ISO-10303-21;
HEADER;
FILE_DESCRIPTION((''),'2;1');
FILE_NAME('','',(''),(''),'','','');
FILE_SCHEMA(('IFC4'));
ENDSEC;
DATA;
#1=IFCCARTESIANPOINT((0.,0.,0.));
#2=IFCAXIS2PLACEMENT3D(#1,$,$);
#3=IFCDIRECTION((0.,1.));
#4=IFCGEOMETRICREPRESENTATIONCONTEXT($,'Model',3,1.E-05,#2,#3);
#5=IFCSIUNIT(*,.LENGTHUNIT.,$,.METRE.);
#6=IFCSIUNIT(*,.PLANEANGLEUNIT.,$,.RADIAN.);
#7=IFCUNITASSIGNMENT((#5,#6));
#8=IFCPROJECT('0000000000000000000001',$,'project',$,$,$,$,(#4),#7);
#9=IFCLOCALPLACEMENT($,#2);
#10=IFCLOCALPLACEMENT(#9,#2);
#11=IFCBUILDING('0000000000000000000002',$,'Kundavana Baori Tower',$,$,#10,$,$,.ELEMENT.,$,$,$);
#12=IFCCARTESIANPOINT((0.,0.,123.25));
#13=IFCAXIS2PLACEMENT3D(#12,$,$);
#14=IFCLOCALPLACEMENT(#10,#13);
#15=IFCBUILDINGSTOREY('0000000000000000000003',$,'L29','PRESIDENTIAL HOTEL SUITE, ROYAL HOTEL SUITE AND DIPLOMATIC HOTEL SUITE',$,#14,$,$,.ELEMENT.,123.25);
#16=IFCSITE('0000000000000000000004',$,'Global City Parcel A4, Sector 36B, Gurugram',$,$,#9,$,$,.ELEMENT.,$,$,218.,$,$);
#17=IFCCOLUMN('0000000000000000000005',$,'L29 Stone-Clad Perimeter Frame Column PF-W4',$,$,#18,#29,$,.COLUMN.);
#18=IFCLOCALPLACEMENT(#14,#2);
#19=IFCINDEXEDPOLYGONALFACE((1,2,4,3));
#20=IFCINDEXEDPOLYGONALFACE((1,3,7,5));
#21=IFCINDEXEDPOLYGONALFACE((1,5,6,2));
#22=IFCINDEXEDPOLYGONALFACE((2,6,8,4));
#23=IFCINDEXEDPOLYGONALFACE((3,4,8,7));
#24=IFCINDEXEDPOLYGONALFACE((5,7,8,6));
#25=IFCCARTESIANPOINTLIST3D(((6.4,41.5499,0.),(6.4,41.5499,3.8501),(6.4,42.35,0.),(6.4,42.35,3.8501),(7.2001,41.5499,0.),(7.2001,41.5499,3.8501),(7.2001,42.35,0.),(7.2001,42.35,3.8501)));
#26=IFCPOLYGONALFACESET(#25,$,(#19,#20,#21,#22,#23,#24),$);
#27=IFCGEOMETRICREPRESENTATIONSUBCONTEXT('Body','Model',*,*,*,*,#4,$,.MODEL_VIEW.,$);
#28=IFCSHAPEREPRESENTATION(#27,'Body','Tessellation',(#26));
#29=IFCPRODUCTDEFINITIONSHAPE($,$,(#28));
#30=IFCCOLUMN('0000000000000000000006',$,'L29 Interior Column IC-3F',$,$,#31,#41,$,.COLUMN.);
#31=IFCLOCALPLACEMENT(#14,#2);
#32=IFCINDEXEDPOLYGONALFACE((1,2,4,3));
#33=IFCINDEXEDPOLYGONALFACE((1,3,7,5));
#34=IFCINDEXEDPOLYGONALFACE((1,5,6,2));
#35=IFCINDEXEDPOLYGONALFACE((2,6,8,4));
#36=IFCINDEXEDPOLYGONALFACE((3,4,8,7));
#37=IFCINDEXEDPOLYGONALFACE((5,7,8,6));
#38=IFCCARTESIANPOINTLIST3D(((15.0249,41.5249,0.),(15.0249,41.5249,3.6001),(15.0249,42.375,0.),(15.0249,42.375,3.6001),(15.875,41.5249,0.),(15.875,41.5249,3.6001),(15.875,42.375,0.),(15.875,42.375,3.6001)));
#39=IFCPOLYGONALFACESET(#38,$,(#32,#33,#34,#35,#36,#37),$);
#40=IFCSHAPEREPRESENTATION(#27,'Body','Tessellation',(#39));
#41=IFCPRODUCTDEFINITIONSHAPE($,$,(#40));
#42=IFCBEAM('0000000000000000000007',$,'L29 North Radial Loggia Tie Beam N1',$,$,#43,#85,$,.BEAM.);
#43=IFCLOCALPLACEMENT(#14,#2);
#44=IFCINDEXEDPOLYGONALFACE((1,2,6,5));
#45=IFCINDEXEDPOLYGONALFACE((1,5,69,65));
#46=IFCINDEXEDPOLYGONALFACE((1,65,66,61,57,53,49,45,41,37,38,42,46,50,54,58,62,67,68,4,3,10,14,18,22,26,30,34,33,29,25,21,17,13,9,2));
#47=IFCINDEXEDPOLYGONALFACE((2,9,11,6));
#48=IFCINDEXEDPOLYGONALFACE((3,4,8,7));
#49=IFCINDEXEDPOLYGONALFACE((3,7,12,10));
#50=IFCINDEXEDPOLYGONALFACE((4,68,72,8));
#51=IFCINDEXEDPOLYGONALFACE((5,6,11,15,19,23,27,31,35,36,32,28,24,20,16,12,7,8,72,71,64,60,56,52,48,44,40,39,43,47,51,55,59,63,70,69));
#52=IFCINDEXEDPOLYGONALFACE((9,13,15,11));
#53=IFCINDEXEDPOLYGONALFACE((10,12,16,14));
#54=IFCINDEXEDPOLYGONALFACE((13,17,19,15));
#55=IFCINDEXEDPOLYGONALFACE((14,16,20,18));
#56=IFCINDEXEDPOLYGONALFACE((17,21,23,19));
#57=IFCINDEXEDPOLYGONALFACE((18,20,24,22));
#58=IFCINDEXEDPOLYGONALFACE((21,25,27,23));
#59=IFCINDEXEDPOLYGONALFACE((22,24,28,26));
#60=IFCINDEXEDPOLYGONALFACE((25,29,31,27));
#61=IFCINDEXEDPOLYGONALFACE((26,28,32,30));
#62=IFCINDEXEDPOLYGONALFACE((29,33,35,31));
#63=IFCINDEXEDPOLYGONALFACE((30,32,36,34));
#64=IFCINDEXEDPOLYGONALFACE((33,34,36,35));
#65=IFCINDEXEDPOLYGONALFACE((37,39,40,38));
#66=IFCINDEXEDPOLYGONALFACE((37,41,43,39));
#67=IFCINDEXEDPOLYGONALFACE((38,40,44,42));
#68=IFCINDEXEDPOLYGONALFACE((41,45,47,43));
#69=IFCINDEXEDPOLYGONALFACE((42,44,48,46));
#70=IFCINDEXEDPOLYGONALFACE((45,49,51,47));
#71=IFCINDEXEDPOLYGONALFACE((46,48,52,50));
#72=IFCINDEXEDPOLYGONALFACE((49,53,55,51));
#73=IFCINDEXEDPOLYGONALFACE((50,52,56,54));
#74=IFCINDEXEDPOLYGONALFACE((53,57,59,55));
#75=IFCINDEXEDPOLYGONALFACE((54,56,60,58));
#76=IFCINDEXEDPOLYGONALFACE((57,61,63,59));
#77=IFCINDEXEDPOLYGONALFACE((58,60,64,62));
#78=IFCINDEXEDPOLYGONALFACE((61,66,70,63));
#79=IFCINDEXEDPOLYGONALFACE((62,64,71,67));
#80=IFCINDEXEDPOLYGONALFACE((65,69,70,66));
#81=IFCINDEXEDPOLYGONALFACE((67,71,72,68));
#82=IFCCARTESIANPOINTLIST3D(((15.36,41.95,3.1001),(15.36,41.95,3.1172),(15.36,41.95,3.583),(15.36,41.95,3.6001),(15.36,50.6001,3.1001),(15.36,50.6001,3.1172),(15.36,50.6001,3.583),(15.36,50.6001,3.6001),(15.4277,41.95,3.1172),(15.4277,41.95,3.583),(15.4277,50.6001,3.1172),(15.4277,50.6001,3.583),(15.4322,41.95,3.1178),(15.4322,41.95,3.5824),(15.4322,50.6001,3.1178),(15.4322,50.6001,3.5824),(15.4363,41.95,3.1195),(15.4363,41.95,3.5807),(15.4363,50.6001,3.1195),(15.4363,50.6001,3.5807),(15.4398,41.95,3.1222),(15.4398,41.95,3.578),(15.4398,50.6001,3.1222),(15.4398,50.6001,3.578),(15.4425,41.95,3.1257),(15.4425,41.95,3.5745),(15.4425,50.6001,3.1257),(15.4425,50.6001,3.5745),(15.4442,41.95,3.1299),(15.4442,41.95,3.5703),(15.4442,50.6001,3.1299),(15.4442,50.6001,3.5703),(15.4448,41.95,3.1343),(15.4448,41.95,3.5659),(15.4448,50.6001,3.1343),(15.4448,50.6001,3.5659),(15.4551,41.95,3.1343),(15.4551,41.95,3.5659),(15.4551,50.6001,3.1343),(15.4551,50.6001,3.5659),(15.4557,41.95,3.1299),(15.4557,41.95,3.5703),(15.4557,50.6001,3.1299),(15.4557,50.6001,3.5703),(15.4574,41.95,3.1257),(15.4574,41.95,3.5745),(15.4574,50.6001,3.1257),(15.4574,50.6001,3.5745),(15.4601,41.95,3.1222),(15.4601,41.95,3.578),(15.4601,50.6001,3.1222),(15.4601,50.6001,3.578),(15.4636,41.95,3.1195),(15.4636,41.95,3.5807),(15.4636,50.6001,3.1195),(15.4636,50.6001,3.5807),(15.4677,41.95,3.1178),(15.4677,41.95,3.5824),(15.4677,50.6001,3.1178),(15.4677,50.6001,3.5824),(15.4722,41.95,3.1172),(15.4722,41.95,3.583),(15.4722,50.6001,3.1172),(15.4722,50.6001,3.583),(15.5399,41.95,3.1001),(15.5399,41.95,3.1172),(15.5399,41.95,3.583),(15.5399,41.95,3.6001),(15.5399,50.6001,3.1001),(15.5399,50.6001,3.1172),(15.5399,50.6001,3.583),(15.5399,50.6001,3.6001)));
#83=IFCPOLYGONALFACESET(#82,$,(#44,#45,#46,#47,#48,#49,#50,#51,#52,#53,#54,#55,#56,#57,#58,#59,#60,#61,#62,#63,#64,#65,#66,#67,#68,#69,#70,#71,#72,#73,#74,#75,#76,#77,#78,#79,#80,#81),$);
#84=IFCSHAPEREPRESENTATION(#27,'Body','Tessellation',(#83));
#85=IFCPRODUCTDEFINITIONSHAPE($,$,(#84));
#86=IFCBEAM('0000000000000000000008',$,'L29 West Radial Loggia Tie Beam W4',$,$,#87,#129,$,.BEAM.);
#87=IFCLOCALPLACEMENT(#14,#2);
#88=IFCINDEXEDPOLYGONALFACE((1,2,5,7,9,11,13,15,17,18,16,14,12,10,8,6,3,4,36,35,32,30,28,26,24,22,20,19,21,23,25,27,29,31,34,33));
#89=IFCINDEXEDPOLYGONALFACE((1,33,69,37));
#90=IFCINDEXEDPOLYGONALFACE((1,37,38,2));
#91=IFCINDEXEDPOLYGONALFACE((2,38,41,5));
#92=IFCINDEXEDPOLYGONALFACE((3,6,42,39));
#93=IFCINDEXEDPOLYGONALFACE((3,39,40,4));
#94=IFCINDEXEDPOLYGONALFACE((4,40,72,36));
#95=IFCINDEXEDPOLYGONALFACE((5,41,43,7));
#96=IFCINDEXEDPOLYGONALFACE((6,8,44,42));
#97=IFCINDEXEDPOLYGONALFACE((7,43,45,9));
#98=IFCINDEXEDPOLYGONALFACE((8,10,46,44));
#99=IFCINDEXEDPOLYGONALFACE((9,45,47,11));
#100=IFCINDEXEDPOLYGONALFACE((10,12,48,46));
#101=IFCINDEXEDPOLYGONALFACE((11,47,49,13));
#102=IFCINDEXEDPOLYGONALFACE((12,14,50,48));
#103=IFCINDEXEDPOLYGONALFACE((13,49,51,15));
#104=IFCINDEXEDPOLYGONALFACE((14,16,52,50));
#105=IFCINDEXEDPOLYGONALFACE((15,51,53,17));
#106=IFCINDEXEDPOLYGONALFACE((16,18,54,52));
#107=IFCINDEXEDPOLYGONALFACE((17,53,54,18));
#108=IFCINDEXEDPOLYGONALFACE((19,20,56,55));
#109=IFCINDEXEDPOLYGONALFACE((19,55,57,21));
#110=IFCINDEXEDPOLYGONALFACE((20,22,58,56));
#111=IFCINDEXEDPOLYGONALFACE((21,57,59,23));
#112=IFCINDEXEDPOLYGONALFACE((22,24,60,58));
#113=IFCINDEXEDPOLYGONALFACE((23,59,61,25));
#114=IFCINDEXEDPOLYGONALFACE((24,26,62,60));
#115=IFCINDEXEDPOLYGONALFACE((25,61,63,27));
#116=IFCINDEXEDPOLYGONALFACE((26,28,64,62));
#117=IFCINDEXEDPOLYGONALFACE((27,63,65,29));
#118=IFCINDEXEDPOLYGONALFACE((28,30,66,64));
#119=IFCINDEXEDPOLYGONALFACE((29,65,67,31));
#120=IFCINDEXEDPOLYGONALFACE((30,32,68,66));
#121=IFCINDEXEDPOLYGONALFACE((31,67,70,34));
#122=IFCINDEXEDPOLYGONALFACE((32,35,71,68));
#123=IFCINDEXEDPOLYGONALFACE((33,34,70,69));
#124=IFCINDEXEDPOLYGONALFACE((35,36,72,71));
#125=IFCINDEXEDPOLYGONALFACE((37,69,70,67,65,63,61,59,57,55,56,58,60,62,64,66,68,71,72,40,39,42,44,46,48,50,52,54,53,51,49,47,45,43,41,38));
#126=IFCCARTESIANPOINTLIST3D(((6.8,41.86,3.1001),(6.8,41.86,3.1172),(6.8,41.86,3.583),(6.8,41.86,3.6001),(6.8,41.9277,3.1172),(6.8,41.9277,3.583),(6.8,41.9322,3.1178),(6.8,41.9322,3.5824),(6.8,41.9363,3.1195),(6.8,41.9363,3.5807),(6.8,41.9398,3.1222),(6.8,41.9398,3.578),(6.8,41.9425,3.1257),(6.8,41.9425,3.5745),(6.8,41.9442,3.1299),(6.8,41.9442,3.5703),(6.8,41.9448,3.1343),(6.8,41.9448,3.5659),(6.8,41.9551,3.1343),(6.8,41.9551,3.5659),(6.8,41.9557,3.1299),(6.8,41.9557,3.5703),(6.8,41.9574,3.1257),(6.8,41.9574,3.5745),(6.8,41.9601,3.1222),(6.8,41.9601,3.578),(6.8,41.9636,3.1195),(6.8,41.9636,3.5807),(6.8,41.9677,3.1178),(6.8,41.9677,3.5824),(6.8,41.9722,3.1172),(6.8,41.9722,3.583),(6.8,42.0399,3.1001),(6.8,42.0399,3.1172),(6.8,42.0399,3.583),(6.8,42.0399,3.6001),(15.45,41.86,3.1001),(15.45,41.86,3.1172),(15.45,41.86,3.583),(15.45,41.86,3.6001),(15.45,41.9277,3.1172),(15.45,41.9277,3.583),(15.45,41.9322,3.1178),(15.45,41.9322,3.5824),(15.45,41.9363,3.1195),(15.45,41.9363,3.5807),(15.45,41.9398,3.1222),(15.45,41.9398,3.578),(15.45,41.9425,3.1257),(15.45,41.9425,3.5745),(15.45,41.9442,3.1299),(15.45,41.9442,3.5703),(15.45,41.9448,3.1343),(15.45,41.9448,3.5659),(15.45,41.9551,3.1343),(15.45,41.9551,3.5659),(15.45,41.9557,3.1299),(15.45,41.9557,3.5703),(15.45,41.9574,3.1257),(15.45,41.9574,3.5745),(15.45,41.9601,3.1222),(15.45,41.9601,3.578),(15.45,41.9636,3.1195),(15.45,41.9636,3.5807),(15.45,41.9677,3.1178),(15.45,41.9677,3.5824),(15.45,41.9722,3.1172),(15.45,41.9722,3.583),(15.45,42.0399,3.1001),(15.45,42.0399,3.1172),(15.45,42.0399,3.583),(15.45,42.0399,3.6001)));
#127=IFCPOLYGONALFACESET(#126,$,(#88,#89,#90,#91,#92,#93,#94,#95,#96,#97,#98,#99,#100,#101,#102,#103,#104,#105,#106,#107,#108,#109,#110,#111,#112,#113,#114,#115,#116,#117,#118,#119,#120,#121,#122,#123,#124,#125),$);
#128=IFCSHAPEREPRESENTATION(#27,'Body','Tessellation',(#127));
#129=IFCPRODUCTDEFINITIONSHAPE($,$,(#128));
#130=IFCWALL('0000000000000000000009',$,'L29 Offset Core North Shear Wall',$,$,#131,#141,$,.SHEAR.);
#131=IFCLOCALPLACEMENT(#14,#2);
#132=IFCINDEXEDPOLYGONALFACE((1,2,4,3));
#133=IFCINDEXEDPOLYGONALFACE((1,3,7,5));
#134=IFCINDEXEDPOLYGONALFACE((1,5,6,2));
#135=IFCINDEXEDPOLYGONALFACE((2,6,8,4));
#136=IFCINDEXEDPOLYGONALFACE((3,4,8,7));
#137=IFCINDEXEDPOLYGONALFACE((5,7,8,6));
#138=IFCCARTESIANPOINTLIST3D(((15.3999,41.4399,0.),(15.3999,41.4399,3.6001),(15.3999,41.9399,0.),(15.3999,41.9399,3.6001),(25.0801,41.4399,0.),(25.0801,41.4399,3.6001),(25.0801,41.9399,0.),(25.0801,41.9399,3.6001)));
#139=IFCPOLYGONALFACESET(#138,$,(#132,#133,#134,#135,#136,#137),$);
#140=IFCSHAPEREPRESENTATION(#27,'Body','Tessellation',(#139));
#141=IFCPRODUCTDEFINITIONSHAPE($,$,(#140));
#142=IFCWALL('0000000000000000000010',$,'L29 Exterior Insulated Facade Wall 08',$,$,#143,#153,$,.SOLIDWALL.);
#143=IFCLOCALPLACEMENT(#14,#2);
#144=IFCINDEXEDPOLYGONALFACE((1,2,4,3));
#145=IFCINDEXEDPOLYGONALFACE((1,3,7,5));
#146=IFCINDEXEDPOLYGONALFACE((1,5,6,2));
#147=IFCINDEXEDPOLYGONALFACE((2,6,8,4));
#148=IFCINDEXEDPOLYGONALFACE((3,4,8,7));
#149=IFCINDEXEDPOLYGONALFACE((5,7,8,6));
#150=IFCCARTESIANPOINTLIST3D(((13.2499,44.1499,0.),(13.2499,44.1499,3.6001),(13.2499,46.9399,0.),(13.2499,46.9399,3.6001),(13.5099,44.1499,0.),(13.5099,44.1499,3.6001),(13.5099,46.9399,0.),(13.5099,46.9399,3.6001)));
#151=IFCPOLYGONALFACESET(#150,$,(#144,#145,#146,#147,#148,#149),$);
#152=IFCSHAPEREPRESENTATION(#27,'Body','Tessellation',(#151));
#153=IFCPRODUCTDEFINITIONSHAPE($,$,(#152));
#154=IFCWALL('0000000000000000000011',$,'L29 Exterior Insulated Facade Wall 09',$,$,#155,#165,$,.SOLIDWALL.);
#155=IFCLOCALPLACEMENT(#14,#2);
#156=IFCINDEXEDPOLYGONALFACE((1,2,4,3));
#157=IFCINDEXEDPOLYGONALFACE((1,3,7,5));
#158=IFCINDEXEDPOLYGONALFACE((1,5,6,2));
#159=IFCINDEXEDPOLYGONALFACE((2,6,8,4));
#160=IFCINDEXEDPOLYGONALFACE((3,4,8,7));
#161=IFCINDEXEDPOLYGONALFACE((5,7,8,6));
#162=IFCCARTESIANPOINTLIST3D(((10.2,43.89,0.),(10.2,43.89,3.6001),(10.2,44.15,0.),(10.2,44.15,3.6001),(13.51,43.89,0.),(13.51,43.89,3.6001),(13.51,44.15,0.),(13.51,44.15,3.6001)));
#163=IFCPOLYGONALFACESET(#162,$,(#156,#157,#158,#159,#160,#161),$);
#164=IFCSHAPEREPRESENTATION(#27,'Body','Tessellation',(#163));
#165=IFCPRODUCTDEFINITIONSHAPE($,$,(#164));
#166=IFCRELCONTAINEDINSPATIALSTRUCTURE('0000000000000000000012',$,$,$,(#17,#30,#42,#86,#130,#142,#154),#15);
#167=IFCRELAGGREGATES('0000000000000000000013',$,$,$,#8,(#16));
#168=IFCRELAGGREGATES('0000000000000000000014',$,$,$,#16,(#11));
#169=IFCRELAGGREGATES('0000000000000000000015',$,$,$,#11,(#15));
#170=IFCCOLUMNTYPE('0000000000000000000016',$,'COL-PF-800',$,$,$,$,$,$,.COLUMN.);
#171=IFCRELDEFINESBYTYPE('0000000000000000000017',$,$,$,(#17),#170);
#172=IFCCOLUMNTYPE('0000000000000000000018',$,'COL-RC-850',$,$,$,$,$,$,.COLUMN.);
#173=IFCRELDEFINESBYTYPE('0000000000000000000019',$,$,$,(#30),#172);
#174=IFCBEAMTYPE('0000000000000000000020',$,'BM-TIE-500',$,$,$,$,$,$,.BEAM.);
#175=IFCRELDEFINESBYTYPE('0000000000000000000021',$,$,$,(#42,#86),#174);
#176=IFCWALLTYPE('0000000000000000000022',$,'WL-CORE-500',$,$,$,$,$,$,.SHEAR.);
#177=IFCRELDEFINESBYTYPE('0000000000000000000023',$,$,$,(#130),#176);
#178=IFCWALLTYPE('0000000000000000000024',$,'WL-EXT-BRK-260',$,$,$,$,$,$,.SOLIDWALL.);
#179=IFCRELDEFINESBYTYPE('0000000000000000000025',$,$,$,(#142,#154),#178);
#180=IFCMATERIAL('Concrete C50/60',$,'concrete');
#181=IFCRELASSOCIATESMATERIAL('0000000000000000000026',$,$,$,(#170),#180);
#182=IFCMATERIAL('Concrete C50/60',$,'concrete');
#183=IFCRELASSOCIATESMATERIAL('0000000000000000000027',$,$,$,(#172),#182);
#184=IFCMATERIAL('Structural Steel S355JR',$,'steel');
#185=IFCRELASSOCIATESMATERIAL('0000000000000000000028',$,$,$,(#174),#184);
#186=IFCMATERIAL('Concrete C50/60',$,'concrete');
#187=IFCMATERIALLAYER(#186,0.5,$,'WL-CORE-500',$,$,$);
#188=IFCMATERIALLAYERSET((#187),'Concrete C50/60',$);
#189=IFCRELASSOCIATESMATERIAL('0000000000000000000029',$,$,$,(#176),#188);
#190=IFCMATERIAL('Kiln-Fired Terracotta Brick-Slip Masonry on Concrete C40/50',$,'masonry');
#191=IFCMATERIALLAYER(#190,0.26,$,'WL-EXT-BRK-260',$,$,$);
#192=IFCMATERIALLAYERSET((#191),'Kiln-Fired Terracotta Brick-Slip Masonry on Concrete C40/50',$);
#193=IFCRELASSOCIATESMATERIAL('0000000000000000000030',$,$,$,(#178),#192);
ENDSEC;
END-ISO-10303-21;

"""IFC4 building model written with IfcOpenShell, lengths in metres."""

from ifc_helpers import new_model, si_unit, direction, frame, frame_2d, origin, origin_2d, place, context, subcontext, project, spatial, rectangle, i_section, extrude, material, layer, layer_set, material_profile, profile_set, type_object, element, save


model = new_model("IFC4")

# Units and contexts
model_context = context("Model", 3, precision=1e-05, world=origin(), true_north=direction((0.0, 1.0)))
body_context = subcontext(model_context, "Body", "Model", "MODEL_VIEW")
ifc_project = project(units=[si_unit("LENGTHUNIT", "METRE"), si_unit("PLANEANGLEUNIT", "RADIAN")], contexts=[model_context])

# Site, building, storey
site_placement = place(None, origin())
site = spatial("IfcSite", under=ifc_project, at=site_placement, Name="Global City Parcel A4, Sector 36B, Gurugram", CompositionType="ELEMENT", RefElevation=218.0)
building_placement = place(site_placement, origin())
building = spatial("IfcBuilding", under=site, at=building_placement, Name="Kundavana Baori Tower", CompositionType="ELEMENT")
storey_placement = place(building_placement, frame((0.0, 0.0, 123.25)))
storey = spatial("IfcBuildingStorey", under=building, at=storey_placement, Name="L29", Description="PRESIDENTIAL HOTEL SUITE, ROYAL HOTEL SUITE AND DIPLOMATIC HOTEL SUITE", CompositionType="ELEMENT", Elevation=123.25)

# Columns
ifc_material_1 = material(Name="Concrete C50/60", Category="concrete")
ifc_material_profile_1 = material_profile(ifc_material_1, rectangle(XDim=0.8, YDim=0.8, at=origin_2d()), Name="RC PF 800x800")
ifc_profile_set_1 = profile_set([ifc_material_profile_1], Name="Concrete C50/60")
column_type_1 = type_object("IfcColumnType", Name="COL-PF-800", PredefinedType="COLUMN", material=ifc_profile_set_1)
column_1_placement = place(storey_placement, frame((6.8, 41.95, 0.0), z_axis=(0.0, 0.0, 1.0), x_axis=(1.0, 0.0, 0.0)))
element("IfcColumn", 1, at=column_1_placement, inside=storey, type_object=column_type_1, Name="L29 Stone-Clad Perimeter Frame Column PF-W4", PredefinedType="COLUMN", context=body_context, shape_type="SweptSolid", body=[
    extrude(rectangle(XDim=0.8, YDim=0.8, at=origin_2d()), origin(), (0.0, 0.0, 1.0), 3.8501),
])
ifc_material_2 = material(Name="Concrete C50/60", Category="concrete")
ifc_material_profile_2 = material_profile(ifc_material_2, rectangle(XDim=0.8501, YDim=0.8501, at=origin_2d()), Name="RC 850x850")
ifc_profile_set_2 = profile_set([ifc_material_profile_2], Name="Concrete C50/60")
column_type_2 = type_object("IfcColumnType", Name="COL-RC-850", PredefinedType="COLUMN", material=ifc_profile_set_2)
column_2_placement = place(storey_placement, frame((15.45, 41.95, 0.0), z_axis=(0.0, 0.0, 1.0), x_axis=(1.0, 0.0, 0.0)))
element("IfcColumn", 2, at=column_2_placement, inside=storey, type_object=column_type_2, Name="L29 Interior Column IC-3F", PredefinedType="COLUMN", context=body_context, shape_type="SweptSolid", body=[
    extrude(rectangle(XDim=0.8501, YDim=0.8501, at=origin_2d()), origin(), (0.0, 0.0, 1.0), 3.6001),
])

# Beams
ifc_material_3 = material(Name="Structural Steel S355JR", Category="steel")
ifc_material_profile_3 = material_profile(ifc_material_3, i_section(OverallWidth=0.1799, OverallDepth=0.5, WebThickness=0.0103, FlangeThickness=0.0171, FilletRadius=0.0171, at=origin_2d()), Name="ISMB 500")
ifc_profile_set_3 = profile_set([ifc_material_profile_3], Name="Structural Steel S355JR")
beam_type = type_object("IfcBeamType", Name="BM-TIE-500", PredefinedType="BEAM", material=ifc_profile_set_3)
beam_1_placement = place(storey_placement, frame((15.45, 41.95, 3.3501), z_axis=(0.0, 1.0, 0.0), x_axis=(-1.0, 0.0, 0.0)))
element("IfcBeam", 3, at=beam_1_placement, inside=storey, type_object=beam_type, Name="L29 North Radial Loggia Tie Beam N1", PredefinedType="BEAM", context=body_context, shape_type="SweptSolid", body=[
    extrude(i_section(OverallWidth=0.1799, OverallDepth=0.5, WebThickness=0.0103, FlangeThickness=0.0171, FilletRadius=0.0171, at=origin_2d()), origin(), (0.0, 0.0, 1.0), 8.6501),
])
beam_2_placement = place(storey_placement, frame((15.45, 41.95, 3.3501), z_axis=(-1.0, 0.0, 0.0), x_axis=(0.0, -1.0, 0.0)))
element("IfcBeam", 4, at=beam_2_placement, inside=storey, type_object=beam_type, Name="L29 West Radial Loggia Tie Beam W4", PredefinedType="BEAM", context=body_context, shape_type="SweptSolid", body=[
    extrude(i_section(OverallWidth=0.1799, OverallDepth=0.5, WebThickness=0.0103, FlangeThickness=0.0171, FilletRadius=0.0171, at=origin_2d()), origin(), (0.0, 0.0, 1.0), 8.6499),
])

# Walls
ifc_material_4 = material(Name="Concrete C50/60", Category="concrete")
ifc_layer_1 = layer(ifc_material_4, 0.5, Name="WL-CORE-500")
ifc_layer_set_1 = layer_set([ifc_layer_1], Name="Concrete C50/60")
wall_type_1 = type_object("IfcWallType", Name="WL-CORE-500", PredefinedType="SHEAR", material=ifc_layer_set_1)
wall_1_placement = place(storey_placement, frame((15.3999, 41.6899, 0.0), z_axis=(0.0, 0.0, 1.0), x_axis=(1.0, 0.0, 0.0)))
element("IfcWall", 5, at=wall_1_placement, inside=storey, type_object=wall_type_1, Name="L29 Offset Core North Shear Wall", PredefinedType="SHEAR", context=body_context, shape_type="SweptSolid", body=[
    extrude(rectangle(XDim=9.6802, YDim=0.5, at=frame_2d((4.8401, 0.0))), origin(), (0.0, 0.0, 1.0), 3.6001),
])
ifc_material_5 = material(Name="Kiln-Fired Terracotta Brick-Slip Masonry on Concrete C40/50", Category="masonry")
ifc_layer_2 = layer(ifc_material_5, 0.26, Name="WL-EXT-BRK-260")
ifc_layer_set_2 = layer_set([ifc_layer_2], Name="Kiln-Fired Terracotta Brick-Slip Masonry on Concrete C40/50")
wall_type_2 = type_object("IfcWallType", Name="WL-EXT-BRK-260", PredefinedType="SOLIDWALL", material=ifc_layer_set_2)
wall_2_placement = place(storey_placement, frame((13.3799, 46.9399, 0.0), z_axis=(0.0, 0.0, 1.0), x_axis=(0.0, -1.0, 0.0)))
element("IfcWall", 6, at=wall_2_placement, inside=storey, type_object=wall_type_2, Name="L29 Exterior Insulated Facade Wall 08", PredefinedType="SOLIDWALL", context=body_context, shape_type="SweptSolid", body=[
    extrude(rectangle(XDim=2.79, YDim=0.26, at=frame_2d((1.395, 0.0))), origin(), (0.0, 0.0, 1.0), 3.6001),
])
wall_3_placement = place(storey_placement, frame((13.51, 44.02, 0.0), z_axis=(0.0, 0.0, 1.0), x_axis=(-1.0, 0.0, 0.0)))
element("IfcWall", 7, at=wall_3_placement, inside=storey, type_object=wall_type_2, Name="L29 Exterior Insulated Facade Wall 09", PredefinedType="SOLIDWALL", context=body_context, shape_type="SweptSolid", body=[
    extrude(rectangle(XDim=3.3101, YDim=0.26, at=frame_2d((1.655, 0.0))), origin(), (0.0, 0.0, 1.0), 3.6001),
])

save(model, "model.ifc")
